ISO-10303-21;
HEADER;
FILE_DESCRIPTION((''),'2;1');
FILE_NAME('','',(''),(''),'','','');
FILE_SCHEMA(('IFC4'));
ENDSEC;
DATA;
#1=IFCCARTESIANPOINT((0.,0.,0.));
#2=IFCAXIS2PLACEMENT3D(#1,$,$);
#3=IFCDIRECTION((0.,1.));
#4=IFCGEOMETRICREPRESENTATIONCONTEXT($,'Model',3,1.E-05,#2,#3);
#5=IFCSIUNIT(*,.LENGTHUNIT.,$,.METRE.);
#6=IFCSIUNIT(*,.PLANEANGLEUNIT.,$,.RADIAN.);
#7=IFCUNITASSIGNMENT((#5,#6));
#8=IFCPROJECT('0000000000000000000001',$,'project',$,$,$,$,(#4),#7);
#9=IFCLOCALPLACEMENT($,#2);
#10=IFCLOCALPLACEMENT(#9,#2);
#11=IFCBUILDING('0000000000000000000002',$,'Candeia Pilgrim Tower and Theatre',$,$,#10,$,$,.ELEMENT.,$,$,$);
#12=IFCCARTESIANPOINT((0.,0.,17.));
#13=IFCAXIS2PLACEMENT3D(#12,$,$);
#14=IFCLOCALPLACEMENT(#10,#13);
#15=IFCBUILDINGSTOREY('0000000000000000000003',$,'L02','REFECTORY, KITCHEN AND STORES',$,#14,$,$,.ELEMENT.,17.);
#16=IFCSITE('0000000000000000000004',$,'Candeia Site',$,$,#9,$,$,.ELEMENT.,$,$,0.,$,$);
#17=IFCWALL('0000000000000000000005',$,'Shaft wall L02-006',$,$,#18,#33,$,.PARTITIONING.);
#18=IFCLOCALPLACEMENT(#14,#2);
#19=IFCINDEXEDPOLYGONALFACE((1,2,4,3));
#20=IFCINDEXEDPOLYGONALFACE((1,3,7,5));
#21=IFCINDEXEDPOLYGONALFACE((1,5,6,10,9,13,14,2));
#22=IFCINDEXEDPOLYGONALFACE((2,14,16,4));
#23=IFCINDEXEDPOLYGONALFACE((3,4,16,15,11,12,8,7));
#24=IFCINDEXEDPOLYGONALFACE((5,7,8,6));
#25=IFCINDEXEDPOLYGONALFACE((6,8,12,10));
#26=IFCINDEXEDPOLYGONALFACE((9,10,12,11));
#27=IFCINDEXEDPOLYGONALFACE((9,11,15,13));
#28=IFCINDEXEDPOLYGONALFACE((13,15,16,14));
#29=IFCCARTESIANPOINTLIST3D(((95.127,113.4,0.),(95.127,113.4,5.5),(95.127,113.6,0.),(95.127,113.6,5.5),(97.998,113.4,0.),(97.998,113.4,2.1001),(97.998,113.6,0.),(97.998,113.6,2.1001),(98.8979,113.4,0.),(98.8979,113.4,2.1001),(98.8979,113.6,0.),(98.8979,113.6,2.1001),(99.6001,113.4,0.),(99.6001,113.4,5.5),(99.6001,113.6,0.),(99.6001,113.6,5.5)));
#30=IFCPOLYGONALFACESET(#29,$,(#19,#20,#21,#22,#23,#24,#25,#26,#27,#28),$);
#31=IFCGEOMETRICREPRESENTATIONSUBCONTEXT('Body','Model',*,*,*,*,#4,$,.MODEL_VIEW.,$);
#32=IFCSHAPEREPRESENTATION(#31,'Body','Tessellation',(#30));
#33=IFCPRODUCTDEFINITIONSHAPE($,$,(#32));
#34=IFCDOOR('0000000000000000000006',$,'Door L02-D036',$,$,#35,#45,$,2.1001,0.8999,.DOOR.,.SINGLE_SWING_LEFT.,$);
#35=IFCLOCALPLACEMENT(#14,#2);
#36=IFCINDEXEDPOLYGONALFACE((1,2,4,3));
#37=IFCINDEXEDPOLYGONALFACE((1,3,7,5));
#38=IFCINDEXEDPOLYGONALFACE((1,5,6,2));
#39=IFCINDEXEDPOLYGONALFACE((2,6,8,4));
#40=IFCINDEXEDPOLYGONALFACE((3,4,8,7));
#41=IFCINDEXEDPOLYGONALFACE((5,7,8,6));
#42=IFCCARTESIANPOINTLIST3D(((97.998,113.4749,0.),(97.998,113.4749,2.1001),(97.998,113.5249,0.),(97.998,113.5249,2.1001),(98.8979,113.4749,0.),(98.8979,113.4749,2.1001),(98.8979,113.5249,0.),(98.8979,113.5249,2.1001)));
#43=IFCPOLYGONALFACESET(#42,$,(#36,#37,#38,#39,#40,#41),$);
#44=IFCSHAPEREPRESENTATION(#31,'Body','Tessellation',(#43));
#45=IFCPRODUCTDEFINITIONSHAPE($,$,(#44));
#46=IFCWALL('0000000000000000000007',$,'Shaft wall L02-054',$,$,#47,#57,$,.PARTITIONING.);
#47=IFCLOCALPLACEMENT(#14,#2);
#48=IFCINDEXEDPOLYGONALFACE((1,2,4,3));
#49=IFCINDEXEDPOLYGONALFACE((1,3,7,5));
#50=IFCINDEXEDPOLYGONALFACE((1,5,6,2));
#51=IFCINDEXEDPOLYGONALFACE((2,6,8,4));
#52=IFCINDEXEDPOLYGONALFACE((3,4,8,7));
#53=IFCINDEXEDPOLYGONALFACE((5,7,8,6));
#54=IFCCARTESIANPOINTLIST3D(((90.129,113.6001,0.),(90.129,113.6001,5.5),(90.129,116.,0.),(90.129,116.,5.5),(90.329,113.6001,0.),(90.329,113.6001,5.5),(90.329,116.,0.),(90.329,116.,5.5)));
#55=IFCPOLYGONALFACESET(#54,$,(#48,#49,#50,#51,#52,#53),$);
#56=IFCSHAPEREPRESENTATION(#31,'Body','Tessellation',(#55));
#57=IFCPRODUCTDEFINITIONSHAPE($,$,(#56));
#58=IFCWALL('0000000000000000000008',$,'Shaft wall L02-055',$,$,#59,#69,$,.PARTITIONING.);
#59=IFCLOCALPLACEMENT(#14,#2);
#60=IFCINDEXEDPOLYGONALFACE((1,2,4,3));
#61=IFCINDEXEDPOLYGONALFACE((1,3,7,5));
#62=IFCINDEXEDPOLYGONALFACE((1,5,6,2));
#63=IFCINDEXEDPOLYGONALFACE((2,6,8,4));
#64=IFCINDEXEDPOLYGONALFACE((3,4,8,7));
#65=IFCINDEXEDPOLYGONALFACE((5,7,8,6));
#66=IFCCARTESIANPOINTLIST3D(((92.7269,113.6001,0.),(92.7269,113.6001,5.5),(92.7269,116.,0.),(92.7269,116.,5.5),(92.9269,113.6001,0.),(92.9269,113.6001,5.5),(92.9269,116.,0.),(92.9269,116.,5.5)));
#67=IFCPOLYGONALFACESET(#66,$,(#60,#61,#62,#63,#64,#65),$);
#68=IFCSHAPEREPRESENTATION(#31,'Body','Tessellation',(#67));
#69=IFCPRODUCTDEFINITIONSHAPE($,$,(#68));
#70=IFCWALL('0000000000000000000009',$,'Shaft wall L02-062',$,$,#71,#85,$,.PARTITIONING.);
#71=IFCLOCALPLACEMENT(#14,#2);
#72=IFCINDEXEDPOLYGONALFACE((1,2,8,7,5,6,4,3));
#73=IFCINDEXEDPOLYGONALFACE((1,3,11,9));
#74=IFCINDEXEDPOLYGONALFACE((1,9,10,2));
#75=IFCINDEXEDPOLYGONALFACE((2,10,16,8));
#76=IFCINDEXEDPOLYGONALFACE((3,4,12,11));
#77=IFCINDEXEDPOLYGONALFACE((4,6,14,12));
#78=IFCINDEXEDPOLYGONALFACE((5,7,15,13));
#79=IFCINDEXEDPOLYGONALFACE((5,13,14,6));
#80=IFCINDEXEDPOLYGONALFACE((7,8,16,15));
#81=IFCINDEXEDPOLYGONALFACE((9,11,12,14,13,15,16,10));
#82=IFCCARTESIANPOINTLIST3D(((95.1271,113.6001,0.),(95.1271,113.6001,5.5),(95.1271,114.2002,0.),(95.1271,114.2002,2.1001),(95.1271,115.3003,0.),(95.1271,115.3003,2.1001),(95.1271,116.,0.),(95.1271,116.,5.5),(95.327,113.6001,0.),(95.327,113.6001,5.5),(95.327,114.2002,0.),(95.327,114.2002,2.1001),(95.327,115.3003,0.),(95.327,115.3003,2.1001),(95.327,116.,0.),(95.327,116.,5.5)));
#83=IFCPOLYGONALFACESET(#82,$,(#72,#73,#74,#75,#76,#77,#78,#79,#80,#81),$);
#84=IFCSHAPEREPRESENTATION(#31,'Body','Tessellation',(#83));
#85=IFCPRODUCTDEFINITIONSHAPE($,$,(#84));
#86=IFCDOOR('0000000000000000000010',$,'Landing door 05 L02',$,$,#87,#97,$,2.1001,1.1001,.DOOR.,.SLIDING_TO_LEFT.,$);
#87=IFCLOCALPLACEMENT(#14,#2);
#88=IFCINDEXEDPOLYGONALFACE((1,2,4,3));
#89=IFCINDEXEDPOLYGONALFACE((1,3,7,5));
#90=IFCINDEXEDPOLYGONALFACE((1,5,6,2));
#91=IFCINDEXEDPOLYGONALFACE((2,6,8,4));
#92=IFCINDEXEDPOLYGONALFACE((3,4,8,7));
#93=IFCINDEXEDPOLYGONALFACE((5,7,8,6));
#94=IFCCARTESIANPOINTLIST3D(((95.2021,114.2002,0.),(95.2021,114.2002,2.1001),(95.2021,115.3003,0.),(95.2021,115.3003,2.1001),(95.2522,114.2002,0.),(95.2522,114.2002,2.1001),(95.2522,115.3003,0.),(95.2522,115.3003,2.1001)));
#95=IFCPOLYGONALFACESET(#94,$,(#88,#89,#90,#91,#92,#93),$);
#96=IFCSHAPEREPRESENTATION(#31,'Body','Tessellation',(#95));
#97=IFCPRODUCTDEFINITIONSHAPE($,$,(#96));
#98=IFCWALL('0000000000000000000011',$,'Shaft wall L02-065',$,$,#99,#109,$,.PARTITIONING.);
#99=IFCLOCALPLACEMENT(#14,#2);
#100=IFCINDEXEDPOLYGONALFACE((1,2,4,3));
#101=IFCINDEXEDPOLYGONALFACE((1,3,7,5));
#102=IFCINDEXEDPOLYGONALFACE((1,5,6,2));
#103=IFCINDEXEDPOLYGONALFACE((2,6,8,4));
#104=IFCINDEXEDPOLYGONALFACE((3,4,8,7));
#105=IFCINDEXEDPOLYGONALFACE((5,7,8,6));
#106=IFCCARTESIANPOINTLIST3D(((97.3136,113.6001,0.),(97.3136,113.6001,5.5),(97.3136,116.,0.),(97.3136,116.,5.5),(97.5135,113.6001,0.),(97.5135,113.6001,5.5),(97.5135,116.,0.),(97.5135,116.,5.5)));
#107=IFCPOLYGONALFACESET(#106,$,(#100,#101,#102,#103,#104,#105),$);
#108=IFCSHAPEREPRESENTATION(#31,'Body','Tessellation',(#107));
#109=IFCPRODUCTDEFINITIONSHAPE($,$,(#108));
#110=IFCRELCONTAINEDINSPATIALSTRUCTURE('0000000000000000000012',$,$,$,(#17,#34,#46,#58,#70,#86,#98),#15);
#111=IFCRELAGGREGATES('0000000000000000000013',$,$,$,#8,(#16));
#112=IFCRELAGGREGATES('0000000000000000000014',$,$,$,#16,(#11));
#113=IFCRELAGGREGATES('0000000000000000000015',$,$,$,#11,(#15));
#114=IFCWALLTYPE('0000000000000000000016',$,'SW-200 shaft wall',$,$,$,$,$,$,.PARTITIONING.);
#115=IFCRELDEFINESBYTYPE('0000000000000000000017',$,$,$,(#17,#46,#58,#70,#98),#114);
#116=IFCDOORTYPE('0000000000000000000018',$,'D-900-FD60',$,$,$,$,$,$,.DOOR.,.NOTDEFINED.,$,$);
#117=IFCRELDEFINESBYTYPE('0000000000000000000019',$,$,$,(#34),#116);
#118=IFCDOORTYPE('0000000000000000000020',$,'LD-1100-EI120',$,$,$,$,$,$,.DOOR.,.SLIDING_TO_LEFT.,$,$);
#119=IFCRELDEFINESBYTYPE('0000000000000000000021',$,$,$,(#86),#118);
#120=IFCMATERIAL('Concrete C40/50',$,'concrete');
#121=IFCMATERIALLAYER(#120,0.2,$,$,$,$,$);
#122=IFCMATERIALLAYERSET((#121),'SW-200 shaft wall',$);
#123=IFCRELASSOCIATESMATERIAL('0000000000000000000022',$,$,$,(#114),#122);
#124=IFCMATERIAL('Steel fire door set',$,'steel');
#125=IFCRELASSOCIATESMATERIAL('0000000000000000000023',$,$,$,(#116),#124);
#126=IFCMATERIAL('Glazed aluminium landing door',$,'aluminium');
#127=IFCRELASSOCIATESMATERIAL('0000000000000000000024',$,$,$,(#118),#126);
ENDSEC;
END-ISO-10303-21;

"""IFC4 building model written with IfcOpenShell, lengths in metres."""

from ifc_helpers import new_model, si_unit, direction, frame, frame_2d, origin, place, context, subcontext, project, spatial, rectangle, extrude, material, layer, layer_set, type_object, element, fill, save


model = new_model("IFC4")

# Units and contexts
model_context = context("Model", 3, precision=1e-05, world=origin(), true_north=direction((0.0, 1.0)))
body_context = subcontext(model_context, "Body", "Model", "MODEL_VIEW")
ifc_project = project(units=[si_unit("LENGTHUNIT", "METRE"), si_unit("PLANEANGLEUNIT", "RADIAN")], contexts=[model_context])

# Site, building, storey
site_placement = place(None, origin())
site = spatial("IfcSite", under=ifc_project, at=site_placement, Name="Candeia Site", CompositionType="ELEMENT", RefElevation=0.0)
building_placement = place(site_placement, origin())
building = spatial("IfcBuilding", under=site, at=building_placement, Name="Candeia Pilgrim Tower and Theatre", CompositionType="ELEMENT")
storey_placement = place(building_placement, frame((0.0, 0.0, 17.0)))
storey = spatial("IfcBuildingStorey", under=building, at=storey_placement, Name="L02", Description="REFECTORY, KITCHEN AND STORES", CompositionType="ELEMENT", Elevation=17.0)

# Shared definitions
ifc_material_1 = material(Name="Steel fire door set", Category="steel")

# Wall, opening, door
ifc_material_2 = material(Name="Concrete C40/50", Category="concrete")
ifc_layer_1 = layer(ifc_material_2, 0.2)
ifc_layer_set_1 = layer_set([ifc_layer_1], Name="SW-200 shaft wall")
wall_type_1 = type_object("IfcWallType", Name="SW-200 shaft wall", PredefinedType="PARTITIONING", material=ifc_layer_set_1)
wall_1_placement = place(storey_placement, frame((95.127, 113.5, 0.0), z_axis=(0.0, 0.0, 1.0), x_axis=(1.0, 0.0, 0.0)))
wall_1 = element("IfcWall", 1, at=wall_1_placement, inside=storey, type_object=wall_type_1, Name="Shaft wall L02-006", PredefinedType="PARTITIONING", context=body_context, shape_type="SweptSolid", body=[
    extrude(rectangle(XDim=4.4731, YDim=0.2, at=frame_2d((2.2366, 0.0))), origin(), (0.0, 0.0, 1.0), 5.5),
])
opening_1_placement = place(wall_1_placement, frame((2.8711, 0.0, 0.0)))
opening_1 = element("IfcOpeningElement", 2, at=opening_1_placement, cuts=wall_1, PredefinedType="OPENING", context=body_context, shape_type="SweptSolid", body=[
    extrude(rectangle(XDim=0.8999, YDim=2.1001, at=frame_2d((0.45, 1.05))), frame((0.0, 0.1099, 0.0), z_axis=(0.0, -1.0, 0.0), x_axis=(1.0, 0.0, 0.0)), (0.0, 0.0, 1.0), 0.22),
])
door_type_1 = type_object("IfcDoorType", Name="D-900-FD60", OperationType="NOTDEFINED", PredefinedType="DOOR", material=ifc_material_1)
door_1_placement = place(opening_1_placement, origin())
door_1 = element("IfcDoor", 3, at=door_1_placement, inside=storey, type_object=door_type_1, Name="Door L02-D036", OperationType="SINGLE_SWING_LEFT", OverallHeight=2.1001, OverallWidth=0.8999, PredefinedType="DOOR", context=body_context, shape_type="SweptSolid", body=[
    extrude(rectangle(XDim=0.8999, YDim=2.1001, at=frame_2d((0.45, 1.05))), frame((0.0, 0.0249, 0.0), z_axis=(0.0, -1.0, 0.0), x_axis=(1.0, 0.0, 0.0)), (0.0, 0.0, 1.0), 0.05),
])
fill(opening_1, door_1)

# Walls
for number, where, z_axis, x_axis, name in (
    (4, (90.229, 113.6001, 0.0), (0.0, 0.0, 1.0), (0.0, 1.0, 0.0), "Shaft wall L02-054"),
    (5, (92.8269, 113.6001, 0.0), (0.0, 0.0, 1.0), (0.0, 1.0, 0.0), "Shaft wall L02-055"),
):
    element("IfcWall", number, at=place(storey_placement, frame(where, z_axis=z_axis, x_axis=x_axis)), inside=storey, type_object=wall_type_1, Name=name, PredefinedType="PARTITIONING", context=body_context, shape_type="SweptSolid", body=[
        extrude(rectangle(XDim=2.3999, YDim=0.2, at=frame_2d((1.2, 0.0))), origin(), (0.0, 0.0, 1.0), 5.5),
    ])

# Wall, opening, door
wall_2_placement = place(storey_placement, frame((95.2271, 113.6001, 0.0), z_axis=(0.0, 0.0, 1.0), x_axis=(0.0, 1.0, 0.0)))
wall_2 = element("IfcWall", 6, at=wall_2_placement, inside=storey, type_object=wall_type_1, Name="Shaft wall L02-062", PredefinedType="PARTITIONING", context=body_context, shape_type="SweptSolid", body=[
    extrude(rectangle(XDim=2.3999, YDim=0.2, at=frame_2d((1.2, 0.0))), origin(), (0.0, 0.0, 1.0), 5.5),
])
opening_2_placement = place(wall_2_placement, frame((0.6001, 0.0, 0.0)))
opening_2 = element("IfcOpeningElement", 7, at=opening_2_placement, cuts=wall_2, PredefinedType="OPENING", context=body_context, shape_type="SweptSolid", body=[
    extrude(rectangle(XDim=1.1001, YDim=2.1001, at=frame_2d((0.55, 1.05))), frame((0.0, 0.1099, 0.0), z_axis=(0.0, -1.0, 0.0), x_axis=(1.0, 0.0, 0.0)), (0.0, 0.0, 1.0), 0.22),
])
ifc_material_3 = material(Name="Glazed aluminium landing door", Category="aluminium")
door_type_2 = type_object("IfcDoorType", Name="LD-1100-EI120", OperationType="SLIDING_TO_LEFT", PredefinedType="DOOR", material=ifc_material_3)
door_2_placement = place(opening_2_placement, origin())
door_2 = element("IfcDoor", 8, at=door_2_placement, inside=storey, type_object=door_type_2, Name="Landing door 05 L02", OperationType="SLIDING_TO_LEFT", OverallHeight=2.1001, OverallWidth=1.1001, PredefinedType="DOOR", context=body_context, shape_type="SweptSolid", body=[
    extrude(rectangle(XDim=1.1001, YDim=2.1001, at=frame_2d((0.55, 1.05))), frame((0.0, 0.0249, 0.0), z_axis=(0.0, -1.0, 0.0), x_axis=(1.0, 0.0, 0.0)), (0.0, 0.0, 1.0), 0.05),
])
fill(opening_2, door_2)

# Wall
wall_3_placement = place(storey_placement, frame((97.4136, 113.6001, 0.0), z_axis=(0.0, 0.0, 1.0), x_axis=(0.0, 1.0, 0.0)))
element("IfcWall", 9, at=wall_3_placement, inside=storey, type_object=wall_type_1, Name="Shaft wall L02-065", PredefinedType="PARTITIONING", context=body_context, shape_type="SweptSolid", body=[
    extrude(rectangle(XDim=2.3999, YDim=0.2, at=frame_2d((1.2, 0.0))), origin(), (0.0, 0.0, 1.0), 5.5),
])

save(model, "model.ifc")
